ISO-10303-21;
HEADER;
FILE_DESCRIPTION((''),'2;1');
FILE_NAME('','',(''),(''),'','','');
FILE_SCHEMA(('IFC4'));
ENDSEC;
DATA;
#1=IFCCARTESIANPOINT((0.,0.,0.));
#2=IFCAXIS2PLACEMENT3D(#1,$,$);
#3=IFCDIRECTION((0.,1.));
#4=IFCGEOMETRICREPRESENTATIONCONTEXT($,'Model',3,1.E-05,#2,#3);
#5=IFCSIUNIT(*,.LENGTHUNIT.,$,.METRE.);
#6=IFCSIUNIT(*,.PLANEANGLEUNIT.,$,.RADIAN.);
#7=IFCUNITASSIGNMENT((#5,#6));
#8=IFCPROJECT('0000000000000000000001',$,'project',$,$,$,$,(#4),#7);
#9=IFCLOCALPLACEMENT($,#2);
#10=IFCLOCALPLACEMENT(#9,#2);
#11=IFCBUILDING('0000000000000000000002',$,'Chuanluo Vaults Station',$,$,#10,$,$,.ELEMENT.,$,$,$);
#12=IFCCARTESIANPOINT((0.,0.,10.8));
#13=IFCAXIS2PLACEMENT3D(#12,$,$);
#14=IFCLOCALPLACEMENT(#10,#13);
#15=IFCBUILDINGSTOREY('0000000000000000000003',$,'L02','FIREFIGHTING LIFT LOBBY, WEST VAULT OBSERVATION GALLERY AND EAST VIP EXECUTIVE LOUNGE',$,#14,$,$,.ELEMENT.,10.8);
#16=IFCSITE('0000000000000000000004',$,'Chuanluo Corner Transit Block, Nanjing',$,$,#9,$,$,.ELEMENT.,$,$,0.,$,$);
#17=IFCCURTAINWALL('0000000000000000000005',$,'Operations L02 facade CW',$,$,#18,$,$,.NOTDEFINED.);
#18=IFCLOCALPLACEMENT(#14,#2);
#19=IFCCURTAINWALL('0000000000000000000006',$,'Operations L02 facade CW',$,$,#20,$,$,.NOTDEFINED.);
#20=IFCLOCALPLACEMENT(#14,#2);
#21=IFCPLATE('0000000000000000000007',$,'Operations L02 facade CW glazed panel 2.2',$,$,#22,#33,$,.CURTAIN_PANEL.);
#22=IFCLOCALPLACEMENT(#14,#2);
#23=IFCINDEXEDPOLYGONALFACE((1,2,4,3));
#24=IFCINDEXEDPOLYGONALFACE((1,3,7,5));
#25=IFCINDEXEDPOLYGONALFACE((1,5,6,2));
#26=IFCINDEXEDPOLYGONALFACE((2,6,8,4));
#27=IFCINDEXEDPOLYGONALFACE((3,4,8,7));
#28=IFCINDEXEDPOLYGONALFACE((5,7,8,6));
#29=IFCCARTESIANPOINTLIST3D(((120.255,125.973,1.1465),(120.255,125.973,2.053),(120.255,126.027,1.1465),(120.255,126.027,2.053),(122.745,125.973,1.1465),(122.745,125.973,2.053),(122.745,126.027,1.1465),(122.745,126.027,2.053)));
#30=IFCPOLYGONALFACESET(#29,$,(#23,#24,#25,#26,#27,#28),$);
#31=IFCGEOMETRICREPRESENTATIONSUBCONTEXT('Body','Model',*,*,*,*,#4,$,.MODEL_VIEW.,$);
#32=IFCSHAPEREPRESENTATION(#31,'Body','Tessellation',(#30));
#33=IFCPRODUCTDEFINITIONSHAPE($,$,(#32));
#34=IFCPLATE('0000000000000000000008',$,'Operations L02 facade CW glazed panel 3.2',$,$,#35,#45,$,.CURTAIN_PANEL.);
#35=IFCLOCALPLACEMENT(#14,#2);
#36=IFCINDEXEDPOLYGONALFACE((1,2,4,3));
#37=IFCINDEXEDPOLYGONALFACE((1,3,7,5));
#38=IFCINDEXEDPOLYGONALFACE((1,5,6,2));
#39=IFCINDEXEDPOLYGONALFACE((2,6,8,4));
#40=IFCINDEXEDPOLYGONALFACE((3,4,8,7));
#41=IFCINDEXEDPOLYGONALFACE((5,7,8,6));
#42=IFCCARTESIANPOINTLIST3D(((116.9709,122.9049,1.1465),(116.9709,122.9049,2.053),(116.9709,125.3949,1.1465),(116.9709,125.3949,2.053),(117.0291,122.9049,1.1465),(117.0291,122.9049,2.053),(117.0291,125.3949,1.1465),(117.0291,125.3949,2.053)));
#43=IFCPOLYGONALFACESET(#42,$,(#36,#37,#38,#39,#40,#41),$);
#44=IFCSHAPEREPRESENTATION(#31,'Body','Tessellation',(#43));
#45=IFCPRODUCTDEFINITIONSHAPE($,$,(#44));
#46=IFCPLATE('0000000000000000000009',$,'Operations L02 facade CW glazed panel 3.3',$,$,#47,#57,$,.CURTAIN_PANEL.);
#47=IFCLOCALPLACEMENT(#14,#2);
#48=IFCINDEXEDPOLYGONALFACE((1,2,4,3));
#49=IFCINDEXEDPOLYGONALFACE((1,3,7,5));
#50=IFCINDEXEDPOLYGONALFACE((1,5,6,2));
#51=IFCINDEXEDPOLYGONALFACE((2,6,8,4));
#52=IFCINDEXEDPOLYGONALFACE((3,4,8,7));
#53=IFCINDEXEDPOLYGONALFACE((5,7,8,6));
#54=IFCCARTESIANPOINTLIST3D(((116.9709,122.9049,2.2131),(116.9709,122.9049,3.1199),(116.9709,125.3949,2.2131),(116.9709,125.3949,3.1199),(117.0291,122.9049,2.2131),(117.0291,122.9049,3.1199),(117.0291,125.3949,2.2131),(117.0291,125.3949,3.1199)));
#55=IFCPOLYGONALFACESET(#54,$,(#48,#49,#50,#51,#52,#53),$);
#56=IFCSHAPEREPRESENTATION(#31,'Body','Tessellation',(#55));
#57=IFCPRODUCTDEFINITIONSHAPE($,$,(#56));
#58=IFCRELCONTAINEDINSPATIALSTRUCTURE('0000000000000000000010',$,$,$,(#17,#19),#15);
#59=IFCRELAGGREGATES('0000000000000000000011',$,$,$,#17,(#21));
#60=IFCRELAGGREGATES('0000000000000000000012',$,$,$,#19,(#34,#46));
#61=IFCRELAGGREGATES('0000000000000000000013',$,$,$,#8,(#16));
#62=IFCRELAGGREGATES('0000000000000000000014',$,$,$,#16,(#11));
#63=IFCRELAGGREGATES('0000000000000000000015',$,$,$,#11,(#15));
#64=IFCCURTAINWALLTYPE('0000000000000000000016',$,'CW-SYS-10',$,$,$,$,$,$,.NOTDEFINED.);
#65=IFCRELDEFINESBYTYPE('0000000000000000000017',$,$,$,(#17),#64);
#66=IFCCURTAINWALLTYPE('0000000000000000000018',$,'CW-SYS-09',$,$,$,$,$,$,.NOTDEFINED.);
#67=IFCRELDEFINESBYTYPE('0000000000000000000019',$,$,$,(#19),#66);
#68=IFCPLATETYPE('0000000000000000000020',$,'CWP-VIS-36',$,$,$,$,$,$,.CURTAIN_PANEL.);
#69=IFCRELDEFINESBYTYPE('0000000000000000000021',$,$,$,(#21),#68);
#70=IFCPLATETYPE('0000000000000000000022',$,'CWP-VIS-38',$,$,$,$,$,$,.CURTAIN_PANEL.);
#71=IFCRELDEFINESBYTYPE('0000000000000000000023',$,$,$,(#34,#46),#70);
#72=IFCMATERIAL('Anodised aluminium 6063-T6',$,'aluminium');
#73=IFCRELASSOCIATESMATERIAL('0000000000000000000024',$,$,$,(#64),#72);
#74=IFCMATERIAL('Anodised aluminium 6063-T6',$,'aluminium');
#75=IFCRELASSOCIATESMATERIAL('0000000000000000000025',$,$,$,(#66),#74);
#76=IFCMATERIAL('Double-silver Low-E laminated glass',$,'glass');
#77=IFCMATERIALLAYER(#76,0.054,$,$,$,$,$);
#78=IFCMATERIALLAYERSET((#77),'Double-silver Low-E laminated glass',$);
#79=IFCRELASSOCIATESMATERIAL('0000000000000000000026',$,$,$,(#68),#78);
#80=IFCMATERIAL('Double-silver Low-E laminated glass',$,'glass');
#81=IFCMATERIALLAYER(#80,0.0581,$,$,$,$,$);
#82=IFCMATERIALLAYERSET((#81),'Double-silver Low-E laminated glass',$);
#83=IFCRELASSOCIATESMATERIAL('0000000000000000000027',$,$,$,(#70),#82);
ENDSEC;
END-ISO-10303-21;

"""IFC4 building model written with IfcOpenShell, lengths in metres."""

from ifc_helpers import new_model, si_unit, direction, frame, origin, origin_2d, place, context, subcontext, project, spatial, rectangle, extrude, material, layer, layer_set, type_object, element, aggregate, save


model = new_model("IFC4")

# Units and contexts
model_context = context("Model", 3, precision=1e-05, world=origin(), true_north=direction((0.0, 1.0)))
body_context = subcontext(model_context, "Body", "Model", "MODEL_VIEW")
ifc_project = project(units=[si_unit("LENGTHUNIT", "METRE"), si_unit("PLANEANGLEUNIT", "RADIAN")], contexts=[model_context])

# Site, building, storey
site_placement = place(None, origin())
site = spatial("IfcSite", under=ifc_project, at=site_placement, Name="Chuanluo Corner Transit Block, Nanjing", CompositionType="ELEMENT", RefElevation=0.0)
building_placement = place(site_placement, origin())
building = spatial("IfcBuilding", under=site, at=building_placement, Name="Chuanluo Vaults Station", CompositionType="ELEMENT")
storey_placement = place(building_placement, frame((0.0, 0.0, 10.8)))
storey = spatial("IfcBuildingStorey", under=building, at=storey_placement, Name="L02", Description="FIREFIGHTING LIFT LOBBY, WEST VAULT OBSERVATION GALLERY AND EAST VIP EXECUTIVE LOUNGE", CompositionType="ELEMENT", Elevation=10.8)

# Curtain wall
ifc_material_1 = material(Name="Anodised aluminium 6063-T6", Category="aluminium")
curtain_wall_type_1 = type_object("IfcCurtainWallType", Name="CW-SYS-10", PredefinedType="NOTDEFINED", material=ifc_material_1)
curtain_wall_1_placement = place(storey_placement, origin())
curtain_wall_1 = element("IfcCurtainWall", 1, at=curtain_wall_1_placement, inside=storey, type_object=curtain_wall_type_1, Name="Operations L02 facade CW", PredefinedType="NOTDEFINED")

# Curtain wall
ifc_material_2 = material(Name="Anodised aluminium 6063-T6", Category="aluminium")
curtain_wall_type_2 = type_object("IfcCurtainWallType", Name="CW-SYS-09", PredefinedType="NOTDEFINED", material=ifc_material_2)
curtain_wall_2_placement = place(storey_placement, origin())
curtain_wall_2 = element("IfcCurtainWall", 2, at=curtain_wall_2_placement, inside=storey, type_object=curtain_wall_type_2, Name="Operations L02 facade CW", PredefinedType="NOTDEFINED")

# Plates
ifc_material_3 = material(Name="Double-silver Low-E laminated glass", Category="glass")
ifc_layer_1 = layer(ifc_material_3, 0.054)
ifc_layer_set_1 = layer_set([ifc_layer_1], Name="Double-silver Low-E laminated glass")
plate_type_1 = type_object("IfcPlateType", Name="CWP-VIS-36", PredefinedType="CURTAIN_PANEL", material=ifc_layer_set_1)
plate_1_placement = place(storey_placement, frame((121.5, 126.0, 1.1465), z_axis=(0.0, 0.0, 1.0), x_axis=(1.0, 0.0, 0.0)))
plate_1 = element("IfcPlate", 3, at=plate_1_placement, type_object=plate_type_1, Name="Operations L02 facade CW glazed panel 2.2", PredefinedType="CURTAIN_PANEL", context=body_context, shape_type="SweptSolid", body=[
    extrude(rectangle(XDim=2.49, YDim=0.054, at=origin_2d()), origin(), (0.0, 0.0, 1.0), 0.9065),
])
aggregate(curtain_wall_1, [plate_1])
ifc_material_4 = material(Name="Double-silver Low-E laminated glass", Category="glass")
ifc_layer_2 = layer(ifc_material_4, 0.0581)
ifc_layer_set_2 = layer_set([ifc_layer_2], Name="Double-silver Low-E laminated glass")
plate_type_2 = type_object("IfcPlateType", Name="CWP-VIS-38", PredefinedType="CURTAIN_PANEL", material=ifc_layer_set_2)
plate_2_placement = place(storey_placement, frame((117.0, 124.1499, 1.1465), z_axis=(0.0, 0.0, 1.0), x_axis=(0.0, 1.0, 0.0)))
plate_2 = element("IfcPlate", 4, at=plate_2_placement, type_object=plate_type_2, Name="Operations L02 facade CW glazed panel 3.2", PredefinedType="CURTAIN_PANEL", context=body_context, shape_type="SweptSolid", body=[
    extrude(rectangle(XDim=2.49, YDim=0.0581, at=origin_2d()), origin(), (0.0, 0.0, 1.0), 0.9065),
])
plate_3_placement = place(storey_placement, frame((117.0, 124.1499, 2.2131), z_axis=(0.0, 0.0, 1.0), x_axis=(0.0, 1.0, 0.0)))
plate_3 = element("IfcPlate", 5, at=plate_3_placement, type_object=plate_type_2, Name="Operations L02 facade CW glazed panel 3.3", PredefinedType="CURTAIN_PANEL", context=body_context, shape_type="SweptSolid", body=[
    extrude(rectangle(XDim=2.49, YDim=0.0581, at=origin_2d()), origin(), (0.0, 0.0, 1.0), 0.9067),
])
aggregate(curtain_wall_2, [plate_2, plate_3])

save(model, "model.ifc")
